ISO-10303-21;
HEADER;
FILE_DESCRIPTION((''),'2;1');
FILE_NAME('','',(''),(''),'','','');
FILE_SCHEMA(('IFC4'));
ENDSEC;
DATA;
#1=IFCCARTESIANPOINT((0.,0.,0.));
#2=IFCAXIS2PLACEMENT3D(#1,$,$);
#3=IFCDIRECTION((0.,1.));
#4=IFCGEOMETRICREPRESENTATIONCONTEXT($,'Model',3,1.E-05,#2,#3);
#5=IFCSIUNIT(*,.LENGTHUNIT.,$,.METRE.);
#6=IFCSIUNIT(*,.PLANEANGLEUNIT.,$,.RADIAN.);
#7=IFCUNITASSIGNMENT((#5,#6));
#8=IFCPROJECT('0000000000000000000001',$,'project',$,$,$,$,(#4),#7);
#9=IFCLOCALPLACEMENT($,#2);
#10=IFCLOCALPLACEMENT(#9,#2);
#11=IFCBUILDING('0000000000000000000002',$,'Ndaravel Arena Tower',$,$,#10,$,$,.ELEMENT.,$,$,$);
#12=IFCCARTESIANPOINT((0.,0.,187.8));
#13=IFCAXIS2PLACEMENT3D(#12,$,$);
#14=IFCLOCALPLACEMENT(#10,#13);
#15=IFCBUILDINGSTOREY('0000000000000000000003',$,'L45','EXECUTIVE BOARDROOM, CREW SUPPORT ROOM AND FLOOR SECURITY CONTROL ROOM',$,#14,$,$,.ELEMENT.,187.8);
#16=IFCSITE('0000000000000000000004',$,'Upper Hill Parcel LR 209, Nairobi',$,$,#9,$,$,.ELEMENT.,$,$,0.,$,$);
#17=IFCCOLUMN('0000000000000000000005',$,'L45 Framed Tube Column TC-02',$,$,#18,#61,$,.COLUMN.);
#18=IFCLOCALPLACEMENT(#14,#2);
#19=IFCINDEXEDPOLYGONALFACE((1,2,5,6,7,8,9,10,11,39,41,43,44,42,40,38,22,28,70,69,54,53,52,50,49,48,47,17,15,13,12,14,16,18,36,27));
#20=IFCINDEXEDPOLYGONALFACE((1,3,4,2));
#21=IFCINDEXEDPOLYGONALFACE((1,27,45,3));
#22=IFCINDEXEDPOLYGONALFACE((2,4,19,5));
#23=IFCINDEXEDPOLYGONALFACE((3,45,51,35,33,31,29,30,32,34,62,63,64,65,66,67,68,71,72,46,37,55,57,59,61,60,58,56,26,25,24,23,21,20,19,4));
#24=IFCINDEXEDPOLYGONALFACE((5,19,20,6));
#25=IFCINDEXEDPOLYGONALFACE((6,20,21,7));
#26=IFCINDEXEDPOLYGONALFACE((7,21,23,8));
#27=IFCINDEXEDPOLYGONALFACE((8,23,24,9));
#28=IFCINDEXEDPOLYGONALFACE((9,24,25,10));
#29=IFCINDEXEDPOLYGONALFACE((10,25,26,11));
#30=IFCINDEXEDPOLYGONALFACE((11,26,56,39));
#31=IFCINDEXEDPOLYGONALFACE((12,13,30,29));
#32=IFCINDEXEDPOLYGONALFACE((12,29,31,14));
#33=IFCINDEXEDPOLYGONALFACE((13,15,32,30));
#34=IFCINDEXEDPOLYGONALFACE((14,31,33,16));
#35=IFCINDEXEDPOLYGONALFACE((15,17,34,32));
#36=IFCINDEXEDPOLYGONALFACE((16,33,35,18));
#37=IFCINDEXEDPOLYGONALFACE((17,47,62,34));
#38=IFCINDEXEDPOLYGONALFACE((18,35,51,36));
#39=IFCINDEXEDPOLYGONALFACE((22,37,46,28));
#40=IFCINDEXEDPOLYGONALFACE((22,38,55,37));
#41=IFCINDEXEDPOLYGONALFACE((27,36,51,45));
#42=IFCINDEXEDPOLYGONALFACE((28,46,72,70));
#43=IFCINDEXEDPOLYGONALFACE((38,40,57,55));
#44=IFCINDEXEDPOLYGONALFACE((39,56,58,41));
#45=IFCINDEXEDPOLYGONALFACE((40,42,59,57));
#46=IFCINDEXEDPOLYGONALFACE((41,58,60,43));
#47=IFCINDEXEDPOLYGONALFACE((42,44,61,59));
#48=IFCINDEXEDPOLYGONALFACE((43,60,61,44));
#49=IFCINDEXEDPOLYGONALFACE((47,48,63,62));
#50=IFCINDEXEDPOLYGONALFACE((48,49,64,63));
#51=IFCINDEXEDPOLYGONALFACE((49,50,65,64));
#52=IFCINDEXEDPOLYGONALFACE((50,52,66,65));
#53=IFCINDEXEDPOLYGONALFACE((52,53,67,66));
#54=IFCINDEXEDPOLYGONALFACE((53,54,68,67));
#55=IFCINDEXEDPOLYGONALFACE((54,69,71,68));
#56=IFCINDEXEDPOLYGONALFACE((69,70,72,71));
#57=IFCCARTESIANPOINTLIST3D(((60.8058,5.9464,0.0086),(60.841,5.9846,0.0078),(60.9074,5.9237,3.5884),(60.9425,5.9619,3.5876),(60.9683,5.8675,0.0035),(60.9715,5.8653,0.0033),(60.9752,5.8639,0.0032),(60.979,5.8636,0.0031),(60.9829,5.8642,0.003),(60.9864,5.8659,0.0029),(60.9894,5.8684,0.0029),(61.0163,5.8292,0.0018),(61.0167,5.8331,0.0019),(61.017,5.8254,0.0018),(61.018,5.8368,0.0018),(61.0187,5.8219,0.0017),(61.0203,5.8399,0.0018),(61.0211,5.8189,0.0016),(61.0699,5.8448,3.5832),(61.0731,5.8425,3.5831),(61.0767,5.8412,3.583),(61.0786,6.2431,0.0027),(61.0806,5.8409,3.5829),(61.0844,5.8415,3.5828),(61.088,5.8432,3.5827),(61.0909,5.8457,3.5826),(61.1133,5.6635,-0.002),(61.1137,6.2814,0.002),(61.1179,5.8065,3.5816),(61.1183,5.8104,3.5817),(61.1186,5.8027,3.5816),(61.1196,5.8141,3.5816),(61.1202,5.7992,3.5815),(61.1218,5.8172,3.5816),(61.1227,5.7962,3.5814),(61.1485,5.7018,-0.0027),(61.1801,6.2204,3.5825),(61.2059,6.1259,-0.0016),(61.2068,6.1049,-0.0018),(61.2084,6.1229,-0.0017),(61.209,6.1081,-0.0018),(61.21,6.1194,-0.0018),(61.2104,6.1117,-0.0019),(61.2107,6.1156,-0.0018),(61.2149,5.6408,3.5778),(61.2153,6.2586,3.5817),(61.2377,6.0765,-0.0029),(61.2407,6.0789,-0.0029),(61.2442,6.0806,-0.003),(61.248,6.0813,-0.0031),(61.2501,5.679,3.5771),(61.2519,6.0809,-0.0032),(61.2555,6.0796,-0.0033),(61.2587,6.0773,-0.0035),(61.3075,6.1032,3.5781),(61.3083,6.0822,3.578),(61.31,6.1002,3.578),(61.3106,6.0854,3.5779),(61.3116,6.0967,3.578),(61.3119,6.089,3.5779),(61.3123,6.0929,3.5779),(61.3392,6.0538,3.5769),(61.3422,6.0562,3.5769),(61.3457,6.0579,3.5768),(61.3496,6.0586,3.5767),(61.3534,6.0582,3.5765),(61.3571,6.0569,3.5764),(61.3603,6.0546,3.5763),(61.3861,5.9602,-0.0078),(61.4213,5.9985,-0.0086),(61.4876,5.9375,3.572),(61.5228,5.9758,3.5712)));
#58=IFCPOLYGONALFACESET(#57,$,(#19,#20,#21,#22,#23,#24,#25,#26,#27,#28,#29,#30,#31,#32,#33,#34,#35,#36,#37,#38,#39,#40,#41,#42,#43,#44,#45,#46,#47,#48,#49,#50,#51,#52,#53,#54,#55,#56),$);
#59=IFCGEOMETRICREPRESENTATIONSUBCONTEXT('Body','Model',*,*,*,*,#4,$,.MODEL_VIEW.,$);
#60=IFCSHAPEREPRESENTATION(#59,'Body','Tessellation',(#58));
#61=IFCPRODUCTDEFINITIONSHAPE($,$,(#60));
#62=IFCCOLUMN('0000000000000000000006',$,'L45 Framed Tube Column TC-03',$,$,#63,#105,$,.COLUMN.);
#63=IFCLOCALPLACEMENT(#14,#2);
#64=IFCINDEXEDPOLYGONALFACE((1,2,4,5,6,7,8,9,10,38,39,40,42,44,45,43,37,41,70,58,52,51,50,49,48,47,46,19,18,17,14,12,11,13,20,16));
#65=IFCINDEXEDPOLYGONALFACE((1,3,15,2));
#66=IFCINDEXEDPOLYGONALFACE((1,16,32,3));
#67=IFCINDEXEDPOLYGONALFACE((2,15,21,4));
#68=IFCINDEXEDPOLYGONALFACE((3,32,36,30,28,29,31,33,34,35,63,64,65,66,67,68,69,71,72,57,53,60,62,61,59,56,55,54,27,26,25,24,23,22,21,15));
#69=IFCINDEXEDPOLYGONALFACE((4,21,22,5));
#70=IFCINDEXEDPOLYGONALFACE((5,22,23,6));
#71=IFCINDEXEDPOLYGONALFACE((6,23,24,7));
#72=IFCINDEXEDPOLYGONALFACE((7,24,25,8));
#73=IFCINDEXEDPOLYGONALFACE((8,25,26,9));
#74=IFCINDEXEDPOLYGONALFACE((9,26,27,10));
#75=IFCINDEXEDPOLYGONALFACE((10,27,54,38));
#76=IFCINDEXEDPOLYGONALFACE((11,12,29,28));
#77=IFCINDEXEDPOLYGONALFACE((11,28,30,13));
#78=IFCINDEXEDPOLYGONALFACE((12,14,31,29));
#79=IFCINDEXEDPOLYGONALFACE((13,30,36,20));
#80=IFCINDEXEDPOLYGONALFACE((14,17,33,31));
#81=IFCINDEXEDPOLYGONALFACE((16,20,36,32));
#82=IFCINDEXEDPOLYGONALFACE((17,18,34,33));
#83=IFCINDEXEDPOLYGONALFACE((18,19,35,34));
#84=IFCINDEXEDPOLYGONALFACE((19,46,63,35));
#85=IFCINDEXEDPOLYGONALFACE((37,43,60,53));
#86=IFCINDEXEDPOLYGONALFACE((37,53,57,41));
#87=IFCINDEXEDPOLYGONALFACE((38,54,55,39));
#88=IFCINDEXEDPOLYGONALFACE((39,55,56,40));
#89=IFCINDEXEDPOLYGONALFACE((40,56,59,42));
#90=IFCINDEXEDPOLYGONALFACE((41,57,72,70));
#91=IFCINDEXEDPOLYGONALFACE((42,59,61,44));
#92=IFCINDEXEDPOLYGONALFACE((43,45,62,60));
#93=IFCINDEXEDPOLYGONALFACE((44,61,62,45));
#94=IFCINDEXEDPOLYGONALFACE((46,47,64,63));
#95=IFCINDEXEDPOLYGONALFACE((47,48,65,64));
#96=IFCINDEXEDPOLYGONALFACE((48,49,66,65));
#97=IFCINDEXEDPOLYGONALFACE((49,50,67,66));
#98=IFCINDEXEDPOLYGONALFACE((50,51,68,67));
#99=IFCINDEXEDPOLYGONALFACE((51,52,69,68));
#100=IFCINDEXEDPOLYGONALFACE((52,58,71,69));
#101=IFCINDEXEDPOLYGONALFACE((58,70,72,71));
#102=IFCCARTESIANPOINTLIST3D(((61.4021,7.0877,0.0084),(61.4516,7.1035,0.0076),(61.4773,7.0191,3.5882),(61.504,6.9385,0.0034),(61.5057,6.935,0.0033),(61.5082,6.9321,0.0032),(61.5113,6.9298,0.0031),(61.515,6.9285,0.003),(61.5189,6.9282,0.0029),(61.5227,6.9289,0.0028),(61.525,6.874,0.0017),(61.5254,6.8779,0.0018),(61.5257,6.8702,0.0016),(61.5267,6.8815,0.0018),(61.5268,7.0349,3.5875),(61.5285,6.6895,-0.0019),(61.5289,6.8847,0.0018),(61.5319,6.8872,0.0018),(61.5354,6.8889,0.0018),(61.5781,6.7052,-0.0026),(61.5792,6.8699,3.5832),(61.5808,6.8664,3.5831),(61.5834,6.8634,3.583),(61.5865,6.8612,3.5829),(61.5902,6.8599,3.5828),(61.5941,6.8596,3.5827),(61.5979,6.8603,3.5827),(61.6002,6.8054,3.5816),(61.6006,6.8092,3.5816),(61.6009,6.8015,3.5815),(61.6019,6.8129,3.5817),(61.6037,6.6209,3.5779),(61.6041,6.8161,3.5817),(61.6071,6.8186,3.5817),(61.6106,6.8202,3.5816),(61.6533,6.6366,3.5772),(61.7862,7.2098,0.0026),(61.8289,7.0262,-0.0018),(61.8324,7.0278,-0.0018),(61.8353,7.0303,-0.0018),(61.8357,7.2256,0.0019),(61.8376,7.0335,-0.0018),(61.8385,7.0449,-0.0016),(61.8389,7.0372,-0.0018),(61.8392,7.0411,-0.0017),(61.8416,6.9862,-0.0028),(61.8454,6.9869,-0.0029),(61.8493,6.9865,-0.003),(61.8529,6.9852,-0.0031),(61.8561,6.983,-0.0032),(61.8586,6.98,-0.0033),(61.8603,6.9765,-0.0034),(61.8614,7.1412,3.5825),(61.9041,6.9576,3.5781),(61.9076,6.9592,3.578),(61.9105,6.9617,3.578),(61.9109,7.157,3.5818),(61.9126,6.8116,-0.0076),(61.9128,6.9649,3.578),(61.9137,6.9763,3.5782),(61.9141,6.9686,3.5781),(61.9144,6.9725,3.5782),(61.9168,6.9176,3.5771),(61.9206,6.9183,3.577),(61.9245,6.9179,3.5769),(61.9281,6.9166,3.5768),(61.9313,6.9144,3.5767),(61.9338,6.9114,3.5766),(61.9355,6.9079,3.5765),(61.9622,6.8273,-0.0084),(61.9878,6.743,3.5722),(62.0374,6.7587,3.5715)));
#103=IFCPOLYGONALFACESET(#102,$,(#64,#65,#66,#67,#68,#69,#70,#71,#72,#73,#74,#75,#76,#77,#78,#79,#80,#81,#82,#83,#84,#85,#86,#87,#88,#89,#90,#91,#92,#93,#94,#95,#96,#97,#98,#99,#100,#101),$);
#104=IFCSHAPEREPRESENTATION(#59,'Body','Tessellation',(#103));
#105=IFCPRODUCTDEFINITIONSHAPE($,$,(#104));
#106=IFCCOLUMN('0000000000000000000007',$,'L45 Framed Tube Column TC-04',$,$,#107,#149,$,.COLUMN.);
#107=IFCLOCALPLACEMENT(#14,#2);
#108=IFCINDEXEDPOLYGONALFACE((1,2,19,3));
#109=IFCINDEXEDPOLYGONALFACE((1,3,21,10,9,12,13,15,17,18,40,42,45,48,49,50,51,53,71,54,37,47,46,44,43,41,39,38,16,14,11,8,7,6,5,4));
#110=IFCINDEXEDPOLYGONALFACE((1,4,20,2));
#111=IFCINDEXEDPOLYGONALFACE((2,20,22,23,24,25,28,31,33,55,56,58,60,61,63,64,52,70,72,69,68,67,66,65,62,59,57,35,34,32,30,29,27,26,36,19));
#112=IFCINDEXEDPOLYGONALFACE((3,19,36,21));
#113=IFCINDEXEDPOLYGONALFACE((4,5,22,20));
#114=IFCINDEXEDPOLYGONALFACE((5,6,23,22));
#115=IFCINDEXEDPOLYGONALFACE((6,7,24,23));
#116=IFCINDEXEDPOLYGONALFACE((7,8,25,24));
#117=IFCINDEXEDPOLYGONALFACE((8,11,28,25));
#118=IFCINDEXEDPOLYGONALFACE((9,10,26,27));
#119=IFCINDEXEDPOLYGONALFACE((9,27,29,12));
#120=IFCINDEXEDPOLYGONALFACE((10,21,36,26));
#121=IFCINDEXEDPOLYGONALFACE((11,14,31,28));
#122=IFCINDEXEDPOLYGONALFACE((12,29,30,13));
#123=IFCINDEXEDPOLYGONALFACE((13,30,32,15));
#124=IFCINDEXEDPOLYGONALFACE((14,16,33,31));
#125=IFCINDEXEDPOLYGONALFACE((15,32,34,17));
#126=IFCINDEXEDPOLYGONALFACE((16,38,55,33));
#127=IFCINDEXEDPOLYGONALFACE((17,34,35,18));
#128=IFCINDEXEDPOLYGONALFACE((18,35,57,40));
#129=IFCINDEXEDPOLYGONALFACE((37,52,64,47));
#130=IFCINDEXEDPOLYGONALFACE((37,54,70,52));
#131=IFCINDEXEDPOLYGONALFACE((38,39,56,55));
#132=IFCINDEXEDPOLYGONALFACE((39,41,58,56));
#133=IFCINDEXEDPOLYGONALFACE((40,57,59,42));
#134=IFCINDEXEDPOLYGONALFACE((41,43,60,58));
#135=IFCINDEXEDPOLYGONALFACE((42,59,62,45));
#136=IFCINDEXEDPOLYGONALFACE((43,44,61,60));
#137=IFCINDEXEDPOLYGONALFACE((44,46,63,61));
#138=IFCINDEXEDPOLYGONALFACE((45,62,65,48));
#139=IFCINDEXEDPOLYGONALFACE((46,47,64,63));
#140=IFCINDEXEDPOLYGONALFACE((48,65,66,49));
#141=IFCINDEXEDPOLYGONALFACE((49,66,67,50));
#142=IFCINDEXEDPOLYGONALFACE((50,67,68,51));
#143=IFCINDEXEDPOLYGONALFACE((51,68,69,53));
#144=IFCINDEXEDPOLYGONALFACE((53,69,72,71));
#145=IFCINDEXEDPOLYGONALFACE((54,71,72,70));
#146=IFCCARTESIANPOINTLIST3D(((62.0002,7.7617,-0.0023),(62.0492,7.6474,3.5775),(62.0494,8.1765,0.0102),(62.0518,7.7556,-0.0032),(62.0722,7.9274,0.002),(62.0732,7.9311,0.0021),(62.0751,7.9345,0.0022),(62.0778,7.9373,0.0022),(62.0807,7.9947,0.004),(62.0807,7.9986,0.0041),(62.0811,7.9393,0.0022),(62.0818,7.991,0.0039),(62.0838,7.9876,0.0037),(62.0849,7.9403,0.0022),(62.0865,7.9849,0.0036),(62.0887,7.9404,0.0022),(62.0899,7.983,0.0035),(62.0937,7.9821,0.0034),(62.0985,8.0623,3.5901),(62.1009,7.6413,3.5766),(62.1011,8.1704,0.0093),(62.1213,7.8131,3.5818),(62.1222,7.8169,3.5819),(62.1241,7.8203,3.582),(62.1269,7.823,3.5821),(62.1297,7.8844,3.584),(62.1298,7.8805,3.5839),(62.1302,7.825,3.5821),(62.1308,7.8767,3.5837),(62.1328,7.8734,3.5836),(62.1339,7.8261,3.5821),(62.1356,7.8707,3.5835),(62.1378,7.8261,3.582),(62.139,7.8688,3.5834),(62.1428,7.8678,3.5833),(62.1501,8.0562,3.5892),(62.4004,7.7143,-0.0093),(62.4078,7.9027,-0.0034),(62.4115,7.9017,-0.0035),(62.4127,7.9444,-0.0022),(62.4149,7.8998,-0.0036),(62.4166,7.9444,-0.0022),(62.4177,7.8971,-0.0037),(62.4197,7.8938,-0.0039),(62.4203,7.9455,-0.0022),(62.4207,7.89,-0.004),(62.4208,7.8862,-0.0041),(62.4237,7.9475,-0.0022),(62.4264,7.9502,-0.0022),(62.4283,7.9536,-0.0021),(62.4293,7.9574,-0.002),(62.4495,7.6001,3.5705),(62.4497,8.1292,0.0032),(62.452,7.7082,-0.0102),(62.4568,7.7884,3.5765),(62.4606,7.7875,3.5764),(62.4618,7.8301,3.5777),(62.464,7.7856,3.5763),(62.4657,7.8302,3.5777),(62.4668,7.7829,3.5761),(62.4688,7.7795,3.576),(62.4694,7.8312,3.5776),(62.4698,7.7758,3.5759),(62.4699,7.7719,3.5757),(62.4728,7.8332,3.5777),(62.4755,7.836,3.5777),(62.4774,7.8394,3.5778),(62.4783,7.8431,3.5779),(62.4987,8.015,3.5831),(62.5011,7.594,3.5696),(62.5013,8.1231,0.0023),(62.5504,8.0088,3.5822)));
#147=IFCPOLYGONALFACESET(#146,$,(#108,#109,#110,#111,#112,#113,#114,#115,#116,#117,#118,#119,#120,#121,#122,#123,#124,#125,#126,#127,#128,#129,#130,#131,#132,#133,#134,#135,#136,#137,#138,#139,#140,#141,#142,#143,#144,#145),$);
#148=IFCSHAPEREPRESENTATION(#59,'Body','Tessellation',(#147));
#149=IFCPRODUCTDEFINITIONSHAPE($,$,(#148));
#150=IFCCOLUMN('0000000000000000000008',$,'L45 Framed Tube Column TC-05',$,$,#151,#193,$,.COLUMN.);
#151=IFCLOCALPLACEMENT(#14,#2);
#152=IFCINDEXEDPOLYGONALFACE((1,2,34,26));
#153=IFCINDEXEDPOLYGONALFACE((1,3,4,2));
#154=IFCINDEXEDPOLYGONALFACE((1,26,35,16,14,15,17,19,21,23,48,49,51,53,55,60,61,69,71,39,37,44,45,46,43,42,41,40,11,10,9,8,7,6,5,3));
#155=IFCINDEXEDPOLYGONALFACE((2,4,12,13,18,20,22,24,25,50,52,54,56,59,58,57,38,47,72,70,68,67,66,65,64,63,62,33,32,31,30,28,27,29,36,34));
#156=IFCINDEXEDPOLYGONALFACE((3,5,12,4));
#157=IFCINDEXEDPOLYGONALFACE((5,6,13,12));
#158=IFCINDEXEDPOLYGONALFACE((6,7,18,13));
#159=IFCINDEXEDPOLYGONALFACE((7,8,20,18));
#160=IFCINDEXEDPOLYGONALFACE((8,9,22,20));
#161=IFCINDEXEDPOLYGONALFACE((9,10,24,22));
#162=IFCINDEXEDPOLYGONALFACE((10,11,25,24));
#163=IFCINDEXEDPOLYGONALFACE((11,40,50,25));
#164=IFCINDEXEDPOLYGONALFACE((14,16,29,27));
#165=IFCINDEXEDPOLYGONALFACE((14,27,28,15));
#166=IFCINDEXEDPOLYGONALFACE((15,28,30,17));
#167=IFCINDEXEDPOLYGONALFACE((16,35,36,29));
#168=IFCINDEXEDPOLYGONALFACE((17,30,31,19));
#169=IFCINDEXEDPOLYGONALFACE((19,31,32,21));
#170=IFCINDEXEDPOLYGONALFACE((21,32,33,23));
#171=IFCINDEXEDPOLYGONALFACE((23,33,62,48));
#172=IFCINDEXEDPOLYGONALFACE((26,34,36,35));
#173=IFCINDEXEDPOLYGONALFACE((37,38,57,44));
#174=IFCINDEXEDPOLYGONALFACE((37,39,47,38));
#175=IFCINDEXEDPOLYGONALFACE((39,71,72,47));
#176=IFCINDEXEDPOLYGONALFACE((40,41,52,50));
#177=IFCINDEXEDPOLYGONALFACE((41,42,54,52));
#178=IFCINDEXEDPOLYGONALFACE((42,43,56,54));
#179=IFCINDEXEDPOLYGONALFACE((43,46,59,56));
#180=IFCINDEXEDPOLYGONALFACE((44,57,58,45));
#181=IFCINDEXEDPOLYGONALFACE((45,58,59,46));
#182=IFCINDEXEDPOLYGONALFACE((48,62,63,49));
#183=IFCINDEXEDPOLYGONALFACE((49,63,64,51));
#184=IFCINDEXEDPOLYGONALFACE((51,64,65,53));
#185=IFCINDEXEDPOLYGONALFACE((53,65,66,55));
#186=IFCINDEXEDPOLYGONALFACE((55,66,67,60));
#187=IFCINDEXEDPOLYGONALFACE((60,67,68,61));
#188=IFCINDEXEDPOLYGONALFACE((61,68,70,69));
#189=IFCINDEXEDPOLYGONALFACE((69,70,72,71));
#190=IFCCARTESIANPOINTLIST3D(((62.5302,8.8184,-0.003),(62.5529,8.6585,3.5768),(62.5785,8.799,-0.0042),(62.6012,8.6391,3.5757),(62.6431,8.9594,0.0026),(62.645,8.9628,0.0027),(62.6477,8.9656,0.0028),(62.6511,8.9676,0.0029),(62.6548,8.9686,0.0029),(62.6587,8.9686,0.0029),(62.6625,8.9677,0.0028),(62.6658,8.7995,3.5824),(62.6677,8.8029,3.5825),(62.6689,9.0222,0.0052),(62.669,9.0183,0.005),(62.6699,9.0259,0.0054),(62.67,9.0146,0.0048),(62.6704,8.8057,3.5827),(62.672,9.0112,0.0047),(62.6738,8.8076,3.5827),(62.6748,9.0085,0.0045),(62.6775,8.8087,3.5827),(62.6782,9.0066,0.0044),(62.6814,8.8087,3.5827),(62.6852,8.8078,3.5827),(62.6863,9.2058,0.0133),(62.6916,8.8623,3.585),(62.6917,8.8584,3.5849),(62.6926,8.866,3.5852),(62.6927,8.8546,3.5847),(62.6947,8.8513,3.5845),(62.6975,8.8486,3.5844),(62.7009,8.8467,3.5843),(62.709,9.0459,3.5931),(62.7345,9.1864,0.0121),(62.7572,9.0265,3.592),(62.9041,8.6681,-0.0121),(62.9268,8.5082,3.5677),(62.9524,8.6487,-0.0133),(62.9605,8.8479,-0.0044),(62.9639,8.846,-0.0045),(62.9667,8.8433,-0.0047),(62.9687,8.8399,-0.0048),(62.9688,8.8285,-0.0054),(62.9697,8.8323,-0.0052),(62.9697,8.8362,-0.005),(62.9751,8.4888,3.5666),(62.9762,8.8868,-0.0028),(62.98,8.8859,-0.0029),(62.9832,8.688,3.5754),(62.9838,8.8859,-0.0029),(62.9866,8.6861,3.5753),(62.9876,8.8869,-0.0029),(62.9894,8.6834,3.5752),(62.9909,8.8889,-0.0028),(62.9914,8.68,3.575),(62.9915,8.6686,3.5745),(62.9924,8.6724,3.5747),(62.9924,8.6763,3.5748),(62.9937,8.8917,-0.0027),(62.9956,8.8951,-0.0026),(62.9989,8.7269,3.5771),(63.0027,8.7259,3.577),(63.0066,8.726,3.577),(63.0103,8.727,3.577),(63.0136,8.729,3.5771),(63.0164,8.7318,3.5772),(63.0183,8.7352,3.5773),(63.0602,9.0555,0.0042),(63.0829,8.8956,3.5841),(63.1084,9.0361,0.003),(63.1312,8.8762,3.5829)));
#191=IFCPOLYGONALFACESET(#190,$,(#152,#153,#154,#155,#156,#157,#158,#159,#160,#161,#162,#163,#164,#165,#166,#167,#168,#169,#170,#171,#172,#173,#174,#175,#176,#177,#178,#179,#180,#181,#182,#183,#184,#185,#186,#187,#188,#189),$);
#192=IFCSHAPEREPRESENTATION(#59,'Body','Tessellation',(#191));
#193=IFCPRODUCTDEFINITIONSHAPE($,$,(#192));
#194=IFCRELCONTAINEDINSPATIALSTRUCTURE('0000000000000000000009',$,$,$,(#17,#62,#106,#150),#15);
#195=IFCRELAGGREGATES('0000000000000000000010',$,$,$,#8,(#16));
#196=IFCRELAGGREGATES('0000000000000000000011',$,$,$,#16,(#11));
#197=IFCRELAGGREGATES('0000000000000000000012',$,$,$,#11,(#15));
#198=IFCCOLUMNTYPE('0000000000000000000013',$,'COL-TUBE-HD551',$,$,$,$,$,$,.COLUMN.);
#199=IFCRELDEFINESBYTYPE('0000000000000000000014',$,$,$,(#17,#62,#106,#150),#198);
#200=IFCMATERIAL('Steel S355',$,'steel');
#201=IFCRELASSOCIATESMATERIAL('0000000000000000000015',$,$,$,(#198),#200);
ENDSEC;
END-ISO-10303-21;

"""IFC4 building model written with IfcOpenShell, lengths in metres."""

from ifc_helpers import new_model, si_unit, direction, frame, origin, origin_2d, place, context, subcontext, project, spatial, i_section, extrude, material, material_profile, profile_set, type_object, element, save


model = new_model("IFC4")

# Units and contexts
model_context = context("Model", 3, precision=1e-05, world=origin(), true_north=direction((0.0, 1.0)))
body_context = subcontext(model_context, "Body", "Model", "MODEL_VIEW")
ifc_project = project(units=[si_unit("LENGTHUNIT", "METRE"), si_unit("PLANEANGLEUNIT", "RADIAN")], contexts=[model_context])

# Site, building, storey
site_placement = place(None, origin())
site = spatial("IfcSite", under=ifc_project, at=site_placement, Name="Upper Hill Parcel LR 209, Nairobi", CompositionType="ELEMENT", RefElevation=0.0)
building_placement = place(site_placement, origin())
building = spatial("IfcBuilding", under=site, at=building_placement, Name="Ndaravel Arena Tower", CompositionType="ELEMENT")
storey_placement = place(building_placement, frame((0.0, 0.0, 187.8)))
storey = spatial("IfcBuildingStorey", under=building, at=storey_placement, Name="L45", Description="EXECUTIVE BOARDROOM, CREW SUPPORT ROOM AND FLOOR SECURITY CONTROL ROOM", CompositionType="ELEMENT", Elevation=187.8)

# Columns
ifc_material_1 = material(Name="Steel S355", Category="steel")
ifc_material_profile_1 = material_profile(ifc_material_1, i_section(OverallWidth=0.418, OverallDepth=0.4551, WebThickness=0.042, FlangeThickness=0.052, FilletRadius=0.0149, at=origin_2d()), Name="HD 400x551")
ifc_profile_set_1 = profile_set([ifc_material_profile_1], Name="Steel S355")
column_type = type_object("IfcColumnType", Name="COL-TUBE-HD551", PredefinedType="COLUMN", material=ifc_profile_set_1)
for number, where, z_axis, x_axis, name in (
    (1, (61.1135, 5.9724, 0.0), (0.028359, -0.00634, 0.999578), (-0.73572, 0.676818, 0.025166), "L45 Framed Tube Column TC-02"),
    (2, (61.6821, 6.9575, 0.0), (0.020997, -0.019156, 0.999596), (-0.302521, 0.952825, 0.024614), "L45 Framed Tube Column TC-03"),
):
    element("IfcColumn", number, at=place(storey_placement, frame(where, z_axis=z_axis, x_axis=x_axis)), inside=storey, type_object=column_type, Name=name, PredefinedType="COLUMN", context=body_context, shape_type="SweptSolid", body=[
        extrude(i_section(OverallWidth=0.418, OverallDepth=0.4551, WebThickness=0.042, FlangeThickness=0.052, FilletRadius=0.0149, at=origin_2d()), origin(), (0.0, 0.0, 1.0), 3.5813),
    ])
column_1_placement = place(storey_placement, frame((62.2507, 7.9424, 0.0), z_axis=(0.0137, -0.031898, 0.999397), x_axis=(0.117866, 0.992574, 0.030064)))
element("IfcColumn", 3, at=column_1_placement, inside=storey, type_object=column_type, Name="L45 Framed Tube Column TC-04", PredefinedType="COLUMN", context=body_context, shape_type="SweptSolid", body=[
    extrude(i_section(OverallWidth=0.418, OverallDepth=0.4551, WebThickness=0.042, FlangeThickness=0.052, FilletRadius=0.0149, at=origin_2d()), origin(), (0.0, 0.0, 1.0), 3.582),
])
column_2_placement = place(storey_placement, frame((62.8193, 8.9272, 0.0), z_axis=(0.006336, -0.044625, 0.998984), x_axis=(0.373417, 0.926842, 0.039034)))
element("IfcColumn", 4, at=column_2_placement, inside=storey, type_object=column_type, Name="L45 Framed Tube Column TC-05", PredefinedType="COLUMN", context=body_context, shape_type="SweptSolid", body=[
    extrude(i_section(OverallWidth=0.418, OverallDepth=0.4551, WebThickness=0.042, FlangeThickness=0.052, FilletRadius=0.0149, at=origin_2d()), origin(), (0.0, 0.0, 1.0), 3.5835),
])

save(model, "model.ifc")
